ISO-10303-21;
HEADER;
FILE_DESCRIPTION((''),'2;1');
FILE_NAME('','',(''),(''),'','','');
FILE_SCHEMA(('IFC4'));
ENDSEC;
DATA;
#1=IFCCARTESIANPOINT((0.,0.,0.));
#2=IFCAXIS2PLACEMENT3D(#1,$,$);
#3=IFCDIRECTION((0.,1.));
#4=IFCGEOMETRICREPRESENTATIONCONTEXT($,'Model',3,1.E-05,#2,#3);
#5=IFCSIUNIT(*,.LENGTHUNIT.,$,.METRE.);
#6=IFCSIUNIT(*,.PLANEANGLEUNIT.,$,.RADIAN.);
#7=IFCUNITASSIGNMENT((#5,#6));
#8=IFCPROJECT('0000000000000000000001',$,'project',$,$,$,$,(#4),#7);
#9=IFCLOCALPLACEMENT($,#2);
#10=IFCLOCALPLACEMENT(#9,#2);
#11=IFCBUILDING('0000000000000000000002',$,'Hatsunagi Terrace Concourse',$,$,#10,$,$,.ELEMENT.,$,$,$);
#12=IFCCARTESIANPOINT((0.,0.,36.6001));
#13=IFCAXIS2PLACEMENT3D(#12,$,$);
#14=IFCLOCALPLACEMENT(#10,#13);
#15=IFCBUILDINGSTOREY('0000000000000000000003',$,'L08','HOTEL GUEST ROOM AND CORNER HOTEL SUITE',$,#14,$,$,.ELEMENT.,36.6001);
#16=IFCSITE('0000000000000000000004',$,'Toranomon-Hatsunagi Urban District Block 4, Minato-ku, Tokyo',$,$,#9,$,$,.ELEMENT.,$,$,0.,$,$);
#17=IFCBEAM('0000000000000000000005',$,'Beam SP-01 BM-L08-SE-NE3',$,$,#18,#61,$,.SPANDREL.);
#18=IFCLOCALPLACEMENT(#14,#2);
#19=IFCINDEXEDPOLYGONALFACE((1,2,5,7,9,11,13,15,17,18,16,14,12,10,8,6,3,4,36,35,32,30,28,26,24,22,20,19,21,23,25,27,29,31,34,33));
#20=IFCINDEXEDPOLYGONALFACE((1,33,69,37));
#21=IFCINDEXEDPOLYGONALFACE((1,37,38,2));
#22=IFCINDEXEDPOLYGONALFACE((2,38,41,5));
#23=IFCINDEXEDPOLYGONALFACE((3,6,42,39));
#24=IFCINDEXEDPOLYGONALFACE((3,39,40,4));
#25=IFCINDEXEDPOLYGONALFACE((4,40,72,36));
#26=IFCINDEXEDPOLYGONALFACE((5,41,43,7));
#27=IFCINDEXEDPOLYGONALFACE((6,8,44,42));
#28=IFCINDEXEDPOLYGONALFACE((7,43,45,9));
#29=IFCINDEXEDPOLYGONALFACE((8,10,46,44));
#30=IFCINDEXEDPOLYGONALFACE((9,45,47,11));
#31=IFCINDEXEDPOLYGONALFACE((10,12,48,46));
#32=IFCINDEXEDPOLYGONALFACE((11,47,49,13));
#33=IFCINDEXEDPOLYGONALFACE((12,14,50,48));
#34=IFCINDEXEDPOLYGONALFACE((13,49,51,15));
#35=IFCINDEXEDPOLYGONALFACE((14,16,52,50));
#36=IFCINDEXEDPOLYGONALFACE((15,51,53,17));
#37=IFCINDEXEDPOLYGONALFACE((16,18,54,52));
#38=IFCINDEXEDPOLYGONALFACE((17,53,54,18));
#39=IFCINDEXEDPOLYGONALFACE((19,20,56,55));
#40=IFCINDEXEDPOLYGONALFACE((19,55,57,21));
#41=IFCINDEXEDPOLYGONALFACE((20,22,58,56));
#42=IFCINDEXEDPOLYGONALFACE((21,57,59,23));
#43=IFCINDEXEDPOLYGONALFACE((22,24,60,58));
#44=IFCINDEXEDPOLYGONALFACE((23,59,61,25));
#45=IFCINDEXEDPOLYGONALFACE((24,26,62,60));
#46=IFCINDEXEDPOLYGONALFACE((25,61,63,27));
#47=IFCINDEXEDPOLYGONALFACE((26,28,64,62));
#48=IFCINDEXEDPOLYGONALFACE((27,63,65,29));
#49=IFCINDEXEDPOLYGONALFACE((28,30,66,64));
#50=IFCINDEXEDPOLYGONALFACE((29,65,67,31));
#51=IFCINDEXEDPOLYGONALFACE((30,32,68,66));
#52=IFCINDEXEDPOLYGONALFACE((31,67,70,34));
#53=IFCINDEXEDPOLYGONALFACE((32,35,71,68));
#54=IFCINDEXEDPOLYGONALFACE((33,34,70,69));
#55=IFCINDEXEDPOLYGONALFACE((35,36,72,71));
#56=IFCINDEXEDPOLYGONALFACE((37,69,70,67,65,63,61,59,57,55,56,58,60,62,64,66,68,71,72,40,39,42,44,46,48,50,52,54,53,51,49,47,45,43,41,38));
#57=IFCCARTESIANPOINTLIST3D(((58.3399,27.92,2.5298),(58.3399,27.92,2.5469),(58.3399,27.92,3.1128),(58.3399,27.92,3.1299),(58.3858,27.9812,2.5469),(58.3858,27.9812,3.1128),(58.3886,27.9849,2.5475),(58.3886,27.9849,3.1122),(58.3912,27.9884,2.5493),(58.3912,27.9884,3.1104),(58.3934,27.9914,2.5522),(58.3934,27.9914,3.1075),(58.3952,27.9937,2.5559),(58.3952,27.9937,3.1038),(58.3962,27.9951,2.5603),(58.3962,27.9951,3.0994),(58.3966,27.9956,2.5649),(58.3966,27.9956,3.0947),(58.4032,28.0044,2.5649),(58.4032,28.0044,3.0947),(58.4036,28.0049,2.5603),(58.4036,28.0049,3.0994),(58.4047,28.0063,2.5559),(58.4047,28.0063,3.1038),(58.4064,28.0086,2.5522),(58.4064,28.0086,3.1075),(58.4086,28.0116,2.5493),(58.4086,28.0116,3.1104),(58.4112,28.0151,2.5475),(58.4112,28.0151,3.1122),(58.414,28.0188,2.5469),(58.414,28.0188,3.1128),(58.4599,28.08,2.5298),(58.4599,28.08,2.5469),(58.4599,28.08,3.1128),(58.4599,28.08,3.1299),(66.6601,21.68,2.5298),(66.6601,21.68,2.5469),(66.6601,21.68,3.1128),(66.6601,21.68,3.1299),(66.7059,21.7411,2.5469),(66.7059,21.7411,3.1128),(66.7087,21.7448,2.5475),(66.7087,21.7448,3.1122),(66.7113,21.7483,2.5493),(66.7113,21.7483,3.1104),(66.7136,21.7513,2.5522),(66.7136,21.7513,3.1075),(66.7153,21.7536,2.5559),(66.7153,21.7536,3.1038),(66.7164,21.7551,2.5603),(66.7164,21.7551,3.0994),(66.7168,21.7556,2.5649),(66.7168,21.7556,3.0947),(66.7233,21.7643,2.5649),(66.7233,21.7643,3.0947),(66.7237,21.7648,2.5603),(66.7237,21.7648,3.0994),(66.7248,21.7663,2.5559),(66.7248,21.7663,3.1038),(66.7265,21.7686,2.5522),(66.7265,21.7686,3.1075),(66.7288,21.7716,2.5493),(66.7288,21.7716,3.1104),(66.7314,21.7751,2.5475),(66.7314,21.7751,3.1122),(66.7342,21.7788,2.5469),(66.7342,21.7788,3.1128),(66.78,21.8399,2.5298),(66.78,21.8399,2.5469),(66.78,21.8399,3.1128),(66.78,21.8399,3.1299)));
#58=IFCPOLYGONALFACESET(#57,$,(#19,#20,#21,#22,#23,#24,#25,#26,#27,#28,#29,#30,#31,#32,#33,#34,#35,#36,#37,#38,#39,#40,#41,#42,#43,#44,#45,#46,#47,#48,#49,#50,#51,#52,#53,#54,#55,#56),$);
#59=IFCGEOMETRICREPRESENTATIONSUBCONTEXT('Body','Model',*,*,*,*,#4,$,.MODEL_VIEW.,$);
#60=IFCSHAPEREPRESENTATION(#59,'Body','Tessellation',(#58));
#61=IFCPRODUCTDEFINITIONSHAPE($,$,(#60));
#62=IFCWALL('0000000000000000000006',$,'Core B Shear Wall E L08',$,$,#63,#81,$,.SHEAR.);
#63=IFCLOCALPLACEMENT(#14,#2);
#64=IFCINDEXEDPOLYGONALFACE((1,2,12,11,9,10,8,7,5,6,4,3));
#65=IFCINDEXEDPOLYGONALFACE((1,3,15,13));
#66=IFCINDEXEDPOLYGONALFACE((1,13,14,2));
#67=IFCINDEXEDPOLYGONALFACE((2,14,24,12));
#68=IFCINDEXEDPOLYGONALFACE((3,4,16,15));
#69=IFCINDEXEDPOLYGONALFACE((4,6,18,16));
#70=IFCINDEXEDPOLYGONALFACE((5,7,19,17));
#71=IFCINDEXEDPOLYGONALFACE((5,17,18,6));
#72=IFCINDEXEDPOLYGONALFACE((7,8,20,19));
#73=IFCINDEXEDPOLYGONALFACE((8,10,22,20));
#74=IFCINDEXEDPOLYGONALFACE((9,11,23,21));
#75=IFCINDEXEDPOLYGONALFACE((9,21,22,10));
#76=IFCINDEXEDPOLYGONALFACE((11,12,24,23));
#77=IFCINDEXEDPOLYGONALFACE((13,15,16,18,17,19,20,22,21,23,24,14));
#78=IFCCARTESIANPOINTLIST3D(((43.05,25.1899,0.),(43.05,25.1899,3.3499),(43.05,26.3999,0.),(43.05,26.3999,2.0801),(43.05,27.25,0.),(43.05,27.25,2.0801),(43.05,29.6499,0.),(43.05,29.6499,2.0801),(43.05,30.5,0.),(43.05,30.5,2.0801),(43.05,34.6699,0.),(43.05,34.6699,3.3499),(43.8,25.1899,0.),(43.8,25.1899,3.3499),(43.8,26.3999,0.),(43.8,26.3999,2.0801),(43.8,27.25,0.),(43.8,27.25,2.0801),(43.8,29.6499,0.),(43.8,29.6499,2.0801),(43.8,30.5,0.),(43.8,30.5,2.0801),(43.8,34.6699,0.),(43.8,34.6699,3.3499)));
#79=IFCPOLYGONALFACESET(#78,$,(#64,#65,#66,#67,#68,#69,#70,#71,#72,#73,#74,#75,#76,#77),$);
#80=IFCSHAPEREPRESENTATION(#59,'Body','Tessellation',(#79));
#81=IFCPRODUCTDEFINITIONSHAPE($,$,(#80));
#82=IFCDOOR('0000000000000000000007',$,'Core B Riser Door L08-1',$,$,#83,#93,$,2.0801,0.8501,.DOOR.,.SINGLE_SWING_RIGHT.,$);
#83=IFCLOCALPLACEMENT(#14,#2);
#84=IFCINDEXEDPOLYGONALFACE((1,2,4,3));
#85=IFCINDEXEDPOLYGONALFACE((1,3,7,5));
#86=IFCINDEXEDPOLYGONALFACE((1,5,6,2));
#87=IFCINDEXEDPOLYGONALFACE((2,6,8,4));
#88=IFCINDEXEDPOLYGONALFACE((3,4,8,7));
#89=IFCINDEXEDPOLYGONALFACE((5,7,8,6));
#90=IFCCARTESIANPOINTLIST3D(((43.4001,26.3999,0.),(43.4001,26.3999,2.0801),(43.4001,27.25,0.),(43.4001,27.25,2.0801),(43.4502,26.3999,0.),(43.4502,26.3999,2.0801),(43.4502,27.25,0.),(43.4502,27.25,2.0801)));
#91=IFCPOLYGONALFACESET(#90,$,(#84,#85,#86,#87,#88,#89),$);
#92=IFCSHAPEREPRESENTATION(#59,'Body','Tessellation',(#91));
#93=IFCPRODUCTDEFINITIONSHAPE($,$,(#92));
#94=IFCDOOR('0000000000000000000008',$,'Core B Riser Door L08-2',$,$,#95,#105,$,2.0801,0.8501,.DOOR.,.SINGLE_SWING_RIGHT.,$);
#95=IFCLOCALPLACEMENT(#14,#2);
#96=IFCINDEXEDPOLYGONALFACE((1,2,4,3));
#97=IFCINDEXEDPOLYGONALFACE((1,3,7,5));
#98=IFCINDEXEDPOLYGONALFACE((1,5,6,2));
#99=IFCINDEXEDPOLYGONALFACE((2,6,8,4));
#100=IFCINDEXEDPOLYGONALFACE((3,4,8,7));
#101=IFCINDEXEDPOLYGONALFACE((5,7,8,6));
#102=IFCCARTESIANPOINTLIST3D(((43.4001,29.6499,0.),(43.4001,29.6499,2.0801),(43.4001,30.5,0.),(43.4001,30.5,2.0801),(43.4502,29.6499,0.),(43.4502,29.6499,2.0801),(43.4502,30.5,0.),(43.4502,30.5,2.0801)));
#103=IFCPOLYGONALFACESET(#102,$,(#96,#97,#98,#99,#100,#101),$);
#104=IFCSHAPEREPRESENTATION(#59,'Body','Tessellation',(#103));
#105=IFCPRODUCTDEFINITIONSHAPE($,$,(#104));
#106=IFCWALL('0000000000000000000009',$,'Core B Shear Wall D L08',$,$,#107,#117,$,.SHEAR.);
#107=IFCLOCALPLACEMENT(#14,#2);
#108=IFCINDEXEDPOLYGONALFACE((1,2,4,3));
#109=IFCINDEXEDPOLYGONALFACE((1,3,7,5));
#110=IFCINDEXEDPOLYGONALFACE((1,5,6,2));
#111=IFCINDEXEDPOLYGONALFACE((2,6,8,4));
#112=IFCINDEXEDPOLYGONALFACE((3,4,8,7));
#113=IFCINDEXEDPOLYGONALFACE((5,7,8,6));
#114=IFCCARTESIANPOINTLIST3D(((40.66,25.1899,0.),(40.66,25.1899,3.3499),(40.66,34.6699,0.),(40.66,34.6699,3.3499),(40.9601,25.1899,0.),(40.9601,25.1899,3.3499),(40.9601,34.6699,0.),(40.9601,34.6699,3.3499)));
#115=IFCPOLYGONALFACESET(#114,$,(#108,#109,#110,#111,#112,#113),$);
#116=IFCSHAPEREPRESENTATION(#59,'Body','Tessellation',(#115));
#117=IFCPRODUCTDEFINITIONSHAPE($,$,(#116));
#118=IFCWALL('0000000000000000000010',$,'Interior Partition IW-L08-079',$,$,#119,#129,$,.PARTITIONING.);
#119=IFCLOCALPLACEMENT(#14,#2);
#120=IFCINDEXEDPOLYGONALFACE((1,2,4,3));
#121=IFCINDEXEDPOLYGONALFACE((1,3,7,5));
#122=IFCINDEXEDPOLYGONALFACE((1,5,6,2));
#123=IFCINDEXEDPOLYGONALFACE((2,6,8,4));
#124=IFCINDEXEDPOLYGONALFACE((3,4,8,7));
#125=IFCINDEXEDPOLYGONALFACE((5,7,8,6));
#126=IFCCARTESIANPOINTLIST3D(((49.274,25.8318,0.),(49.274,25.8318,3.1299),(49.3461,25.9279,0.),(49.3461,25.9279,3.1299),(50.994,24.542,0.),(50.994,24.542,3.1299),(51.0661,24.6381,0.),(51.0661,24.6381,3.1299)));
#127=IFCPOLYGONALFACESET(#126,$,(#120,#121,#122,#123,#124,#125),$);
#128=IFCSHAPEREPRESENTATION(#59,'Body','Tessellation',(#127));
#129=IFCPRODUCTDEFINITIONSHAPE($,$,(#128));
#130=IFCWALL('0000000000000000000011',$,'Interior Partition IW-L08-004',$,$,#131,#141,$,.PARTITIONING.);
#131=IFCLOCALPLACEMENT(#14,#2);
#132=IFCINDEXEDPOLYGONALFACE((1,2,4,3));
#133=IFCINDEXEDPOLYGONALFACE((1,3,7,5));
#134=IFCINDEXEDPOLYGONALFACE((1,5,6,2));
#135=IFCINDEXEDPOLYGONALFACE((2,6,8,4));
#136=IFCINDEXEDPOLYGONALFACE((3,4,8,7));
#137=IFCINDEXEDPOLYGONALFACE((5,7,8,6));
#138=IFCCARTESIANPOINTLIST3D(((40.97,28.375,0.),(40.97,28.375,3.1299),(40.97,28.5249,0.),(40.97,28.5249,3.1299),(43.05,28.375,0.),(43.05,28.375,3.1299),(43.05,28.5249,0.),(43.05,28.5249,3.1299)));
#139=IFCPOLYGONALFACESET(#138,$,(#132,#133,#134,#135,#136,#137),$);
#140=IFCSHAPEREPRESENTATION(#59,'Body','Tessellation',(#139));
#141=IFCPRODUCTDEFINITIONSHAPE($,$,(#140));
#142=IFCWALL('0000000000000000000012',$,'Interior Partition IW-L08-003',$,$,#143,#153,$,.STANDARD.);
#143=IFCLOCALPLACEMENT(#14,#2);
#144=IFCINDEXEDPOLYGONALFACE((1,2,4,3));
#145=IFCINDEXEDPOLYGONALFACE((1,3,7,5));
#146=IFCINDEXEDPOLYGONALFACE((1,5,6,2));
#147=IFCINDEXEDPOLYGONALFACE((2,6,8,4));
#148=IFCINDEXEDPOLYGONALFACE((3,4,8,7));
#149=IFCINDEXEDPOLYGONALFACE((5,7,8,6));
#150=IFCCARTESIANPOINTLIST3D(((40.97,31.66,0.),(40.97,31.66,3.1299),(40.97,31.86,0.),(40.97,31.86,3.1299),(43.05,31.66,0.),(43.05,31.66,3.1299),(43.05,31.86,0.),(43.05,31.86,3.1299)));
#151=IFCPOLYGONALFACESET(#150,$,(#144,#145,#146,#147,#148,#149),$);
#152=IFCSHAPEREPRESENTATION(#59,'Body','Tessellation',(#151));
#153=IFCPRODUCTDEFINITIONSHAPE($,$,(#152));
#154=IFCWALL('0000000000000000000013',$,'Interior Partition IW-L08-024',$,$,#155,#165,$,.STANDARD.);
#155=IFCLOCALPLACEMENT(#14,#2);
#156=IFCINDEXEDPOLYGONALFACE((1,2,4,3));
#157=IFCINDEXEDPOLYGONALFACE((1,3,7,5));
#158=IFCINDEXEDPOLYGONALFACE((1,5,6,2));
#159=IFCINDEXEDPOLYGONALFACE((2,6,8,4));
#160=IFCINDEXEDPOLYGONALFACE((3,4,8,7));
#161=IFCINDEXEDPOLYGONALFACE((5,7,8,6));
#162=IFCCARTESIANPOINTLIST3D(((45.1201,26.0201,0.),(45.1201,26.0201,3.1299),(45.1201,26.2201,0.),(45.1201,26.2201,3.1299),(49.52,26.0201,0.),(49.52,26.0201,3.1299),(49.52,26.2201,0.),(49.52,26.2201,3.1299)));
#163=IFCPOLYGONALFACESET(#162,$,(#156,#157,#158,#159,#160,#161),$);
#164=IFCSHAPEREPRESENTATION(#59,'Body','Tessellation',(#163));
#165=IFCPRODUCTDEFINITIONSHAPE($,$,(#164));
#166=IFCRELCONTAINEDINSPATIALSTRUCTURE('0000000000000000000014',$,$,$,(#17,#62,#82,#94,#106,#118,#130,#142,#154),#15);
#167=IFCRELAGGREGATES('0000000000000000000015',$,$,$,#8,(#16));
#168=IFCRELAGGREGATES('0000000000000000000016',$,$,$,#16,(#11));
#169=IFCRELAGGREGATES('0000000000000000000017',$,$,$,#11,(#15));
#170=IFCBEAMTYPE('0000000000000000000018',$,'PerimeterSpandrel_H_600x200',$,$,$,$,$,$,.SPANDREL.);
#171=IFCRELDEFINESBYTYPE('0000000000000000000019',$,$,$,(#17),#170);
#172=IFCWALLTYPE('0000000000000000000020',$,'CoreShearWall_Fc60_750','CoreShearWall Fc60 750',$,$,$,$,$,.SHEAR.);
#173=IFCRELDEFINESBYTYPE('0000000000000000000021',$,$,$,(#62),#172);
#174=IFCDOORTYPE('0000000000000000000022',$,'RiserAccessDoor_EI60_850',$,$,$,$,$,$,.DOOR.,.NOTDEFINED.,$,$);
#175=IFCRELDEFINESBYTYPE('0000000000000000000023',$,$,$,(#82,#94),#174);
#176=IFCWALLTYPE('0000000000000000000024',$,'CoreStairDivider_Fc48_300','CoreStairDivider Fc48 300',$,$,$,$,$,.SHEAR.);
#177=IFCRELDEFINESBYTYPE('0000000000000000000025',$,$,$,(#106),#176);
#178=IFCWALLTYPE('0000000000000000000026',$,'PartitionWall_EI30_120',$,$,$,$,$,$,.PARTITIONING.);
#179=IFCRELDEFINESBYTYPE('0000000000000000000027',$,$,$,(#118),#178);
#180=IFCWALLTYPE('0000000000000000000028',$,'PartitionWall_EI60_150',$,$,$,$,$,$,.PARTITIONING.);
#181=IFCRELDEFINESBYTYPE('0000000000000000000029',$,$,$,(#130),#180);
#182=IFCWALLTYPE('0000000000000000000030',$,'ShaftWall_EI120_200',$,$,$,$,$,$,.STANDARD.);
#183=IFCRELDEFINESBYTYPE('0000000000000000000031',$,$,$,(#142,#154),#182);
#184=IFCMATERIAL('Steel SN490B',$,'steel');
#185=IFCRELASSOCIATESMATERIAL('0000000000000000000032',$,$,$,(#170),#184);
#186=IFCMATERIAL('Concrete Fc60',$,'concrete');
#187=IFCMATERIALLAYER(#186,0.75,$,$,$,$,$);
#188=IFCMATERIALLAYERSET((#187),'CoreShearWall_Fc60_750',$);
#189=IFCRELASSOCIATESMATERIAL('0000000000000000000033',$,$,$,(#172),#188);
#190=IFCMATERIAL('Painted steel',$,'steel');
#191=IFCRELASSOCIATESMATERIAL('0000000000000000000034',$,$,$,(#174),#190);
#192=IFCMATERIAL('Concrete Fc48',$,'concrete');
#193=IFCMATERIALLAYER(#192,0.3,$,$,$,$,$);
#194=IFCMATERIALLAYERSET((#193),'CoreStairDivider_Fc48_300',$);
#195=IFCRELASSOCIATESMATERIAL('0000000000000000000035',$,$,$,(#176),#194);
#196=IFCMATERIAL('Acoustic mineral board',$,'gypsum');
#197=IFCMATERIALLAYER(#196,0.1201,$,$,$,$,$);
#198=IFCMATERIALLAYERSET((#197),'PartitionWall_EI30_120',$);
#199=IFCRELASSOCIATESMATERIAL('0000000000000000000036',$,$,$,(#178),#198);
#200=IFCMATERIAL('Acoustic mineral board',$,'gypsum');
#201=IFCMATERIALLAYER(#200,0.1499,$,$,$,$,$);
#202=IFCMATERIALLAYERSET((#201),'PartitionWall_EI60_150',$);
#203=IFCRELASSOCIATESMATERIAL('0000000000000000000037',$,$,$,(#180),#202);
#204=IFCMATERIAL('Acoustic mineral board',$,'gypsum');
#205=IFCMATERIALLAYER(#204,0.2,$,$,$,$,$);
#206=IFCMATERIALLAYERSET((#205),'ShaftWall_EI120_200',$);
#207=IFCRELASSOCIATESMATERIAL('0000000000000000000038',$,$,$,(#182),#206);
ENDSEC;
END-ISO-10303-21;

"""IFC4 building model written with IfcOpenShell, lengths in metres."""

from ifc_helpers import new_model, si_unit, direction, frame, frame_2d, origin, origin_2d, place, context, subcontext, project, spatial, rectangle, i_section, extrude, material, layer, layer_set, material_profile, profile_set, type_object, element, fill, save


model = new_model("IFC4")

# Units and contexts
model_context = context("Model", 3, precision=1e-05, world=origin(), true_north=direction((0.0, 1.0)))
body_context = subcontext(model_context, "Body", "Model", "MODEL_VIEW")
ifc_project = project(units=[si_unit("LENGTHUNIT", "METRE"), si_unit("PLANEANGLEUNIT", "RADIAN")], contexts=[model_context])

# Site, building, storey
site_placement = place(None, origin())
site = spatial("IfcSite", under=ifc_project, at=site_placement, Name="Toranomon-Hatsunagi Urban District Block 4, Minato-ku, Tokyo", CompositionType="ELEMENT", RefElevation=0.0)
building_placement = place(site_placement, origin())
building = spatial("IfcBuilding", under=site, at=building_placement, Name="Hatsunagi Terrace Concourse", CompositionType="ELEMENT")
storey_placement = place(building_placement, frame((0.0, 0.0, 36.6001)))
storey = spatial("IfcBuildingStorey", under=building, at=storey_placement, Name="L08", Description="HOTEL GUEST ROOM AND CORNER HOTEL SUITE", CompositionType="ELEMENT", Elevation=36.6001)

# Beam
ifc_material_1 = material(Name="Steel SN490B", Category="steel")
ifc_material_profile_1 = material_profile(ifc_material_1, i_section(OverallWidth=0.2, OverallDepth=0.6001, WebThickness=0.011, FlangeThickness=0.0171, FilletRadius=0.0181, at=origin_2d()), Name="H-600x200x11x17")
ifc_profile_set_1 = profile_set([ifc_material_profile_1], Name="Steel SN490B")
beam_type_1 = type_object("IfcBeamType", Name="PerimeterSpandrel_H_600x200", PredefinedType="SPANDREL", material=ifc_profile_set_1)
beam_1_placement = place(storey_placement, frame((58.3999, 28.0, 2.8298), z_axis=(0.800003, -0.599996, 0.0), x_axis=(0.599996, 0.800003, 0.0)))
element("IfcBeam", 1, at=beam_1_placement, inside=storey, type_object=beam_type_1, Name="Beam SP-01 BM-L08-SE-NE3", PredefinedType="SPANDREL", context=body_context, shape_type="SweptSolid", body=[
    extrude(i_section(OverallWidth=0.2, OverallDepth=0.6001, WebThickness=0.011, FlangeThickness=0.0171, FilletRadius=0.0181, at=origin_2d()), origin(), (0.0, 0.0, 1.0), 10.4001),
])

# Wall, openings, doors
ifc_material_2 = material(Name="Concrete Fc60", Category="concrete")
ifc_layer_1 = layer(ifc_material_2, 0.75)
ifc_layer_set_1 = layer_set([ifc_layer_1], Name="CoreShearWall_Fc60_750")
wall_type_1 = type_object("IfcWallType", Name="CoreShearWall_Fc60_750", Description="CoreShearWall Fc60 750", PredefinedType="SHEAR", material=ifc_layer_set_1)
wall_1_placement = place(storey_placement, frame((43.425, 25.1899, 0.0), z_axis=(0.0, 0.0, 1.0), x_axis=(0.0, 1.0, 0.0)))
wall_1 = element("IfcWall", 2, at=wall_1_placement, inside=storey, type_object=wall_type_1, Name="Core B Shear Wall E L08", PredefinedType="SHEAR", context=body_context, shape_type="SweptSolid", body=[
    extrude(rectangle(XDim=9.48, YDim=0.75, at=frame_2d((4.74, 0.0))), origin(), (0.0, 0.0, 1.0), 3.3499),
])
opening_1_placement = place(wall_1_placement, frame((1.21, 0.0, 0.0)))
opening_1 = element("IfcOpeningElement", 3, at=opening_1_placement, cuts=wall_1, PredefinedType="OPENING", context=body_context, shape_type="SweptSolid", body=[
    extrude(rectangle(XDim=0.8501, YDim=2.0801, at=frame_2d((0.425, 1.04))), frame((0.0, 0.385, 0.0), z_axis=(0.0, -1.0, 0.0), x_axis=(1.0, 0.0, 0.0)), (0.0, 0.0, 1.0), 0.77),
])
opening_2_placement = place(wall_1_placement, frame((4.46, 0.0, 0.0)))
opening_2 = element("IfcOpeningElement", 4, at=opening_2_placement, cuts=wall_1, PredefinedType="OPENING", context=body_context, shape_type="SweptSolid", body=[
    extrude(rectangle(XDim=0.8501, YDim=2.0801, at=frame_2d((0.425, 1.04))), frame((0.0, 0.385, 0.0), z_axis=(0.0, -1.0, 0.0), x_axis=(1.0, 0.0, 0.0)), (0.0, 0.0, 1.0), 0.77),
])
ifc_material_3 = material(Name="Painted steel", Category="steel")
door_type_1 = type_object("IfcDoorType", Name="RiserAccessDoor_EI60_850", OperationType="NOTDEFINED", PredefinedType="DOOR", material=ifc_material_3)
door_1_placement = place(opening_1_placement, origin())
door_1 = element("IfcDoor", 5, at=door_1_placement, inside=storey, type_object=door_type_1, Name="Core B Riser Door L08-1", OperationType="SINGLE_SWING_RIGHT", OverallHeight=2.0801, OverallWidth=0.8501, PredefinedType="DOOR", context=body_context, shape_type="SweptSolid", body=[
    extrude(rectangle(XDim=0.8501, YDim=2.0801, at=frame_2d((0.425, 1.04))), frame((0.0, 0.0249, 0.0), z_axis=(0.0, -1.0, 0.0), x_axis=(1.0, 0.0, 0.0)), (0.0, 0.0, 1.0), 0.05),
])
fill(opening_1, door_1)
door_2_placement = place(opening_2_placement, origin())
door_2 = element("IfcDoor", 6, at=door_2_placement, inside=storey, type_object=door_type_1, Name="Core B Riser Door L08-2", OperationType="SINGLE_SWING_RIGHT", OverallHeight=2.0801, OverallWidth=0.8501, PredefinedType="DOOR", context=body_context, shape_type="SweptSolid", body=[
    extrude(rectangle(XDim=0.8501, YDim=2.0801, at=frame_2d((0.425, 1.04))), frame((0.0, 0.0249, 0.0), z_axis=(0.0, -1.0, 0.0), x_axis=(1.0, 0.0, 0.0)), (0.0, 0.0, 1.0), 0.05),
])
fill(opening_2, door_2)

# Walls
ifc_material_4 = material(Name="Concrete Fc48", Category="concrete")
ifc_layer_2 = layer(ifc_material_4, 0.3)
ifc_layer_set_2 = layer_set([ifc_layer_2], Name="CoreStairDivider_Fc48_300")
wall_type_2 = type_object("IfcWallType", Name="CoreStairDivider_Fc48_300", Description="CoreStairDivider Fc48 300", PredefinedType="SHEAR", material=ifc_layer_set_2)
wall_2_placement = place(storey_placement, frame((40.8101, 25.1899, 0.0), z_axis=(0.0, 0.0, 1.0), x_axis=(0.0, 1.0, 0.0)))
element("IfcWall", 7, at=wall_2_placement, inside=storey, type_object=wall_type_2, Name="Core B Shear Wall D L08", PredefinedType="SHEAR", context=body_context, shape_type="SweptSolid", body=[
    extrude(rectangle(XDim=9.48, YDim=0.3, at=frame_2d((4.74, 0.0))), origin(), (0.0, 0.0, 1.0), 3.3499),
])
ifc_material_5 = material(Name="Acoustic mineral board", Category="gypsum")
ifc_layer_3 = layer(ifc_material_5, 0.1201)
ifc_layer_set_3 = layer_set([ifc_layer_3], Name="PartitionWall_EI30_120")
wall_type_3 = type_object("IfcWallType", Name="PartitionWall_EI30_120", PredefinedType="PARTITIONING", material=ifc_layer_set_3)
wall_3_placement = place(storey_placement, frame((49.3101, 25.8799, 0.0), z_axis=(0.0, 0.0, 1.0), x_axis=(0.800041, -0.599945, 0.0)))
element("IfcWall", 8, at=wall_3_placement, inside=storey, type_object=wall_type_3, Name="Interior Partition IW-L08-079", PredefinedType="PARTITIONING", context=body_context, shape_type="SweptSolid", body=[
    extrude(rectangle(XDim=2.1499, YDim=0.1201, at=frame_2d((1.075, 0.0))), origin(), (0.0, 0.0, 1.0), 3.1299),
])
ifc_material_6 = material(Name="Acoustic mineral board", Category="gypsum")
ifc_layer_4 = layer(ifc_material_6, 0.1499)
ifc_layer_set_4 = layer_set([ifc_layer_4], Name="PartitionWall_EI60_150")
wall_type_4 = type_object("IfcWallType", Name="PartitionWall_EI60_150", PredefinedType="PARTITIONING", material=ifc_layer_set_4)
wall_4_placement = place(storey_placement, frame((40.97, 28.45, 0.0), z_axis=(0.0, 0.0, 1.0), x_axis=(1.0, 0.0, 0.0)))
element("IfcWall", 9, at=wall_4_placement, inside=storey, type_object=wall_type_4, Name="Interior Partition IW-L08-004", PredefinedType="PARTITIONING", context=body_context, shape_type="SweptSolid", body=[
    extrude(rectangle(XDim=2.0801, YDim=0.1499, at=frame_2d((1.04, 0.0))), origin(), (0.0, 0.0, 1.0), 3.1299),
])
ifc_material_7 = material(Name="Acoustic mineral board", Category="gypsum")
ifc_layer_5 = layer(ifc_material_7, 0.2)
ifc_layer_set_5 = layer_set([ifc_layer_5], Name="ShaftWall_EI120_200")
wall_type_5 = type_object("IfcWallType", Name="ShaftWall_EI120_200", PredefinedType="STANDARD", material=ifc_layer_set_5)
wall_5_placement = place(storey_placement, frame((40.97, 31.76, 0.0), z_axis=(0.0, 0.0, 1.0), x_axis=(1.0, 0.0, 0.0)))
element("IfcWall", 10, at=wall_5_placement, inside=storey, type_object=wall_type_5, Name="Interior Partition IW-L08-003", PredefinedType="STANDARD", context=body_context, shape_type="SweptSolid", body=[
    extrude(rectangle(XDim=2.0801, YDim=0.2, at=frame_2d((1.04, 0.0))), origin(), (0.0, 0.0, 1.0), 3.1299),
])
wall_6_placement = place(storey_placement, frame((45.1201, 26.1201, 0.0), z_axis=(0.0, 0.0, 1.0), x_axis=(1.0, 0.0, 0.0)))
element("IfcWall", 11, at=wall_6_placement, inside=storey, type_object=wall_type_5, Name="Interior Partition IW-L08-024", PredefinedType="STANDARD", context=body_context, shape_type="SweptSolid", body=[
    extrude(rectangle(XDim=4.3999, YDim=0.2, at=frame_2d((2.2, 0.0))), origin(), (0.0, 0.0, 1.0), 3.1299),
])

save(model, "model.ifc")
